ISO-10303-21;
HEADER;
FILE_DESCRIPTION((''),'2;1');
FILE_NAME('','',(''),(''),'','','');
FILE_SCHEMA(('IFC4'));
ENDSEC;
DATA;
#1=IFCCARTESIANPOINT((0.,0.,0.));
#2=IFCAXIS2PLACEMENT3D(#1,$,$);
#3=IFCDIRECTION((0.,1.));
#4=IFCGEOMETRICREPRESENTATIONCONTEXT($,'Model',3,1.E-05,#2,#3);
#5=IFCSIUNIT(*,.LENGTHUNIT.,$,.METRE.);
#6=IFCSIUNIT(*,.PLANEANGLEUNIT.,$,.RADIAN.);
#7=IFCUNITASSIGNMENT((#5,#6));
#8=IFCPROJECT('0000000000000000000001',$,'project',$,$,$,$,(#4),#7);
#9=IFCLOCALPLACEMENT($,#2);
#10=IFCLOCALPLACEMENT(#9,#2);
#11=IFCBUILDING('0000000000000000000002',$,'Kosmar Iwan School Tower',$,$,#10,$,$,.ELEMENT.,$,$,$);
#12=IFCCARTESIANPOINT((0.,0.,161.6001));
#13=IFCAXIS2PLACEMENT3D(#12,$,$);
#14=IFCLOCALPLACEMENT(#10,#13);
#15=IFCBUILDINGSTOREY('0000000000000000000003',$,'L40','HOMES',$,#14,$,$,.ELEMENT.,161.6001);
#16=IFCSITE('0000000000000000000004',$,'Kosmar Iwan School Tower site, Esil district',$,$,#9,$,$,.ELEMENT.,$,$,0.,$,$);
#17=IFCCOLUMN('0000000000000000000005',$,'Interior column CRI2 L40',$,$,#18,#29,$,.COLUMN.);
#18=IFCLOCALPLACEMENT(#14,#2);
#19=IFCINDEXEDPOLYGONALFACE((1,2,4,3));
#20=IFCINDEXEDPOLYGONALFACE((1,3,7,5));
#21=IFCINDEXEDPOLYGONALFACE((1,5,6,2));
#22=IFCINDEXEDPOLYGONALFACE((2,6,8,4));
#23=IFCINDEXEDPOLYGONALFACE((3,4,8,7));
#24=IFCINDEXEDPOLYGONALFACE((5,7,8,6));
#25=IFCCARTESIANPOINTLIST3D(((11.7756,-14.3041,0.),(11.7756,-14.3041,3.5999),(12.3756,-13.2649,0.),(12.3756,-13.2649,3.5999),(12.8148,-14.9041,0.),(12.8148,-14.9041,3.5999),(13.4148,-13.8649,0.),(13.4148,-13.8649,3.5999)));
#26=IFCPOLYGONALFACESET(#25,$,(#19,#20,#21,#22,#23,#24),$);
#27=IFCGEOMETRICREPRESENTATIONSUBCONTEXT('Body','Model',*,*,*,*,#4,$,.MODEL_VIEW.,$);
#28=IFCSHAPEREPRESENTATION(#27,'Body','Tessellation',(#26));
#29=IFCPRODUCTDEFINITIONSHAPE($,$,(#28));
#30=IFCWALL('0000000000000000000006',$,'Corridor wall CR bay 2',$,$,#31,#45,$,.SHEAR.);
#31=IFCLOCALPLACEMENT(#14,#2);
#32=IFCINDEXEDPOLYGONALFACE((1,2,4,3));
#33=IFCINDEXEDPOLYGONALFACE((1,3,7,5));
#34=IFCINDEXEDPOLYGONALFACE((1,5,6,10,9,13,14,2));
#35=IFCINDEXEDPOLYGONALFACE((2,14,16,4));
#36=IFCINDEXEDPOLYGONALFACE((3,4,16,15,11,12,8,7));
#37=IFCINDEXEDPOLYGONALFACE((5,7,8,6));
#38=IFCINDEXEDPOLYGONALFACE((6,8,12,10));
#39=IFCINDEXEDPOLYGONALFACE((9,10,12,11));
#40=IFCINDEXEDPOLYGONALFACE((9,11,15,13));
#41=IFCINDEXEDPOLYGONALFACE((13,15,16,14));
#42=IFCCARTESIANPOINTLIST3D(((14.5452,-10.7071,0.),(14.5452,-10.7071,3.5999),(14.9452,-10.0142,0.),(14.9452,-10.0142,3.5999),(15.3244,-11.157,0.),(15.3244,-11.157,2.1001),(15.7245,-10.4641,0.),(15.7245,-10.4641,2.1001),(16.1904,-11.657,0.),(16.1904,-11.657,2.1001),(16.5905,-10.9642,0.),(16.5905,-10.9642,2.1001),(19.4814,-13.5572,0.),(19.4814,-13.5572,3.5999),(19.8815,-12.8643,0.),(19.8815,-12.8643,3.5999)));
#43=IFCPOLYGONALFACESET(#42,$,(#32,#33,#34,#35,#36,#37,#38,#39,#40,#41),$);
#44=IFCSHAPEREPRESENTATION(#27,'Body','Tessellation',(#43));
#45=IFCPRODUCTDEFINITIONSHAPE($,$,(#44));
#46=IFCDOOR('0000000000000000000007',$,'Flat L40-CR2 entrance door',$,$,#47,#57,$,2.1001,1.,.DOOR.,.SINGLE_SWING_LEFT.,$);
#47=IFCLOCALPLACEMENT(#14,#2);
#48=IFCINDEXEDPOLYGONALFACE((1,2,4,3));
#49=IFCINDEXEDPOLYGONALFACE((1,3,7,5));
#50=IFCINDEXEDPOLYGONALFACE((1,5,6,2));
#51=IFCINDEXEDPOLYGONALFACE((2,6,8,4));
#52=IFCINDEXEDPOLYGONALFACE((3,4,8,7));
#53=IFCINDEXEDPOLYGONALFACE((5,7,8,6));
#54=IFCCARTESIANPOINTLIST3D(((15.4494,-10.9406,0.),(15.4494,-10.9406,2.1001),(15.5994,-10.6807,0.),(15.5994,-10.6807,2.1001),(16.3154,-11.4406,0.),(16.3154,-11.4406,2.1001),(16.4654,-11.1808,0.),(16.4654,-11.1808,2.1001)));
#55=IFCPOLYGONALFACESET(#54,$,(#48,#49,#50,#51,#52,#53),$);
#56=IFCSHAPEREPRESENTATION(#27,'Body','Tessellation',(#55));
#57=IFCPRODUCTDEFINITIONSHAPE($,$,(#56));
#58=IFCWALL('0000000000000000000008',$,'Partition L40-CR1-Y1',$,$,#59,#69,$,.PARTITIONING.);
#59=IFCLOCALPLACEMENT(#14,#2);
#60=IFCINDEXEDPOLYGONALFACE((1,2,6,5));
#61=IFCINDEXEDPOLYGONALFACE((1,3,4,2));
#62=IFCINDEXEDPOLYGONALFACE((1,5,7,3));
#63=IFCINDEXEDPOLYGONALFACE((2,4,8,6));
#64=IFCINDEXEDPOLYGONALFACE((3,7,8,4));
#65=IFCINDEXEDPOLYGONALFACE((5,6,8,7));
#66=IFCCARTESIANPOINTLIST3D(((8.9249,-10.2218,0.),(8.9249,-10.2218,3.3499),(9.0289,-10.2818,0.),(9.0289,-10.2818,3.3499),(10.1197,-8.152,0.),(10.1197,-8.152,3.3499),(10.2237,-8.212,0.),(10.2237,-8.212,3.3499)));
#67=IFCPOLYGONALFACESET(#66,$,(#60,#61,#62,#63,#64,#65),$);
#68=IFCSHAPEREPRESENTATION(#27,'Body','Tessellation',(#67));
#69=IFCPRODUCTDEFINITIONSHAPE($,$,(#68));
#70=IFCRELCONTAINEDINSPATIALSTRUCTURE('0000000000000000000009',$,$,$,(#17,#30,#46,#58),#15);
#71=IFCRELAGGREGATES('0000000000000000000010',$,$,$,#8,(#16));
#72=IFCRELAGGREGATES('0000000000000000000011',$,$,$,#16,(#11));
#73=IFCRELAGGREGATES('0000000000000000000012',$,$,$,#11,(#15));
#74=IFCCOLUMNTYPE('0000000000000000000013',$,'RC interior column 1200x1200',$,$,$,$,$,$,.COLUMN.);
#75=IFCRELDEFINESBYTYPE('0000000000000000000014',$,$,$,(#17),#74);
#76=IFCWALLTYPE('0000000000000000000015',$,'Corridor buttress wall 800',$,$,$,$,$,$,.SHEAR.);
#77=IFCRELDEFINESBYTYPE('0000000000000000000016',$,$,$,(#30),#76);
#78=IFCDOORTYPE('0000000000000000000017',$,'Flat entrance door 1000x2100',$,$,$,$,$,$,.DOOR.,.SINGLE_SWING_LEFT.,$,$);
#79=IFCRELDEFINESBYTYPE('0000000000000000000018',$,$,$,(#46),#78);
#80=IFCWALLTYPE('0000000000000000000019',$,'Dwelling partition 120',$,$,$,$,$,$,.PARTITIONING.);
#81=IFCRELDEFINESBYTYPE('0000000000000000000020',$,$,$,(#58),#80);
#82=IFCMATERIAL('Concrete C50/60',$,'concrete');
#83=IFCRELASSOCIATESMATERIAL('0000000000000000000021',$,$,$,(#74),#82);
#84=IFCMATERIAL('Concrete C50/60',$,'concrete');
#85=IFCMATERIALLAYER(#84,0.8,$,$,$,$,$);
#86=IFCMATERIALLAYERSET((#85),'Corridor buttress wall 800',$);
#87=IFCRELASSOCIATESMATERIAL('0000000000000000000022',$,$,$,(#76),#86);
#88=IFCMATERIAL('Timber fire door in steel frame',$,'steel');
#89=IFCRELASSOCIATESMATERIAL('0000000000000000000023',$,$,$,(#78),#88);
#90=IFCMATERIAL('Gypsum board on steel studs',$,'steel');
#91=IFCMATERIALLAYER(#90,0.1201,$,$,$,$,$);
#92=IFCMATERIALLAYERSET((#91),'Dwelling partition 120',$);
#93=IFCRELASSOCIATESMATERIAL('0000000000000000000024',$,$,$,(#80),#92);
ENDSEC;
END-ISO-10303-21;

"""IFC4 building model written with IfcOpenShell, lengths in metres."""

from ifc_helpers import new_model, si_unit, direction, frame, frame_2d, origin, origin_2d, place, context, subcontext, project, spatial, rectangle, extrude, material, layer, layer_set, material_profile, profile_set, type_object, element, fill, save


model = new_model("IFC4")

# Units and contexts
model_context = context("Model", 3, precision=1e-05, world=origin(), true_north=direction((0.0, 1.0)))
body_context = subcontext(model_context, "Body", "Model", "MODEL_VIEW")
ifc_project = project(units=[si_unit("LENGTHUNIT", "METRE"), si_unit("PLANEANGLEUNIT", "RADIAN")], contexts=[model_context])

# Site, building, storey
site_placement = place(None, origin())
site = spatial("IfcSite", under=ifc_project, at=site_placement, Name="Kosmar Iwan School Tower site, Esil district", CompositionType="ELEMENT", RefElevation=0.0)
building_placement = place(site_placement, origin())
building = spatial("IfcBuilding", under=site, at=building_placement, Name="Kosmar Iwan School Tower", CompositionType="ELEMENT")
storey_placement = place(building_placement, frame((0.0, 0.0, 161.6001)))
storey = spatial("IfcBuildingStorey", under=building, at=storey_placement, Name="L40", Description="HOMES", CompositionType="ELEMENT", Elevation=161.6001)

# Column
ifc_material_1 = material(Name="Concrete C50/60", Category="concrete")
ifc_material_profile = material_profile(ifc_material_1, rectangle(XDim=1.2, YDim=1.2, at=origin_2d()), Name="RC 1200x1200")
ifc_profile_set = profile_set([ifc_material_profile], Name="Concrete C50/60")
column_type = type_object("IfcColumnType", Name="RC interior column 1200x1200", PredefinedType="COLUMN", material=ifc_profile_set)
column_placement = place(storey_placement, frame((12.5952, -14.0845, 0.0), z_axis=(0.0, 0.0, 1.0), x_axis=(0.866025, -0.5, 0.0)))
element("IfcColumn", 1, at=column_placement, inside=storey, type_object=column_type, Name="Interior column CRI2 L40", PredefinedType="COLUMN", context=body_context, shape_type="SweptSolid", body=[
    extrude(rectangle(XDim=1.2, YDim=1.2, at=origin_2d()), origin(), (0.0, 0.0, 1.0), 3.5999),
])

# Wall, opening, door
ifc_material_2 = material(Name="Concrete C50/60", Category="concrete")
ifc_layer_1 = layer(ifc_material_2, 0.8)
ifc_layer_set_1 = layer_set([ifc_layer_1], Name="Corridor buttress wall 800")
wall_type_1 = type_object("IfcWallType", Name="Corridor buttress wall 800", PredefinedType="SHEAR", material=ifc_layer_set_1)
wall_1_placement = place(storey_placement, frame((14.7451, -10.3606, 0.0), z_axis=(0.0, 0.0, 1.0), x_axis=(0.866015, -0.500018, 0.0)))
wall_1 = element("IfcWall", 2, at=wall_1_placement, inside=storey, type_object=wall_type_1, Name="Corridor wall CR bay 2", PredefinedType="SHEAR", context=body_context, shape_type="SweptSolid", body=[
    extrude(rectangle(XDim=5.7, YDim=0.8, at=frame_2d((2.8501, 0.0))), origin(), (0.0, 0.0, 1.0), 3.5999),
])
opening_1_placement = place(wall_1_placement, frame((0.8999, 0.0, 0.0)))
opening_1 = element("IfcOpeningElement", 3, at=opening_1_placement, cuts=wall_1, PredefinedType="OPENING", context=body_context, shape_type="SweptSolid", body=[
    extrude(rectangle(XDim=1.0, YDim=2.1001, at=frame_2d((0.5, 1.05))), frame((0.0, 0.4121, 0.0), z_axis=(0.0, -1.0, 0.0), x_axis=(1.0, 0.0, 0.0)), (0.0, 0.0, 1.0), 0.824),
])
ifc_material_3 = material(Name="Timber fire door in steel frame", Category="steel")
door_type_1 = type_object("IfcDoorType", Name="Flat entrance door 1000x2100", OperationType="SINGLE_SWING_LEFT", PredefinedType="DOOR", material=ifc_material_3)
door_1_placement = place(opening_1_placement, origin())
door_1 = element("IfcDoor", 4, at=door_1_placement, inside=storey, type_object=door_type_1, Name="Flat L40-CR2 entrance door", OperationType="SINGLE_SWING_LEFT", OverallHeight=2.1001, OverallWidth=1.0, PredefinedType="DOOR", context=body_context, shape_type="SweptSolid", body=[
    extrude(rectangle(XDim=1.0, YDim=2.1001, at=frame_2d((0.5, 1.05))), frame((0.0, 0.1499, 0.0), z_axis=(0.0, -1.0, 0.0), x_axis=(1.0, 0.0, 0.0)), (0.0, 0.0, 1.0), 0.3),
])
fill(opening_1, door_1)

# Wall
ifc_material_4 = material(Name="Gypsum board on steel studs", Category="steel")
ifc_layer_2 = layer(ifc_material_4, 0.1201)
ifc_layer_set_2 = layer_set([ifc_layer_2], Name="Dwelling partition 120")
wall_type_2 = type_object("IfcWallType", Name="Dwelling partition 120", PredefinedType="PARTITIONING", material=ifc_layer_set_2)
wall_2_placement = place(storey_placement, frame((10.1716, -8.1821, 0.0), z_axis=(0.0, 0.0, 1.0), x_axis=(-0.499941, -0.86606, 0.0)))
element("IfcWall", 5, at=wall_2_placement, inside=storey, type_object=wall_type_2, Name="Partition L40-CR1-Y1", PredefinedType="PARTITIONING", context=body_context, shape_type="SweptSolid", body=[
    extrude(rectangle(XDim=2.3899, YDim=0.1201, at=frame_2d((1.1948, 0.0))), origin(), (0.0, 0.0, 1.0), 3.3499),
])

save(model, "model.ifc")
